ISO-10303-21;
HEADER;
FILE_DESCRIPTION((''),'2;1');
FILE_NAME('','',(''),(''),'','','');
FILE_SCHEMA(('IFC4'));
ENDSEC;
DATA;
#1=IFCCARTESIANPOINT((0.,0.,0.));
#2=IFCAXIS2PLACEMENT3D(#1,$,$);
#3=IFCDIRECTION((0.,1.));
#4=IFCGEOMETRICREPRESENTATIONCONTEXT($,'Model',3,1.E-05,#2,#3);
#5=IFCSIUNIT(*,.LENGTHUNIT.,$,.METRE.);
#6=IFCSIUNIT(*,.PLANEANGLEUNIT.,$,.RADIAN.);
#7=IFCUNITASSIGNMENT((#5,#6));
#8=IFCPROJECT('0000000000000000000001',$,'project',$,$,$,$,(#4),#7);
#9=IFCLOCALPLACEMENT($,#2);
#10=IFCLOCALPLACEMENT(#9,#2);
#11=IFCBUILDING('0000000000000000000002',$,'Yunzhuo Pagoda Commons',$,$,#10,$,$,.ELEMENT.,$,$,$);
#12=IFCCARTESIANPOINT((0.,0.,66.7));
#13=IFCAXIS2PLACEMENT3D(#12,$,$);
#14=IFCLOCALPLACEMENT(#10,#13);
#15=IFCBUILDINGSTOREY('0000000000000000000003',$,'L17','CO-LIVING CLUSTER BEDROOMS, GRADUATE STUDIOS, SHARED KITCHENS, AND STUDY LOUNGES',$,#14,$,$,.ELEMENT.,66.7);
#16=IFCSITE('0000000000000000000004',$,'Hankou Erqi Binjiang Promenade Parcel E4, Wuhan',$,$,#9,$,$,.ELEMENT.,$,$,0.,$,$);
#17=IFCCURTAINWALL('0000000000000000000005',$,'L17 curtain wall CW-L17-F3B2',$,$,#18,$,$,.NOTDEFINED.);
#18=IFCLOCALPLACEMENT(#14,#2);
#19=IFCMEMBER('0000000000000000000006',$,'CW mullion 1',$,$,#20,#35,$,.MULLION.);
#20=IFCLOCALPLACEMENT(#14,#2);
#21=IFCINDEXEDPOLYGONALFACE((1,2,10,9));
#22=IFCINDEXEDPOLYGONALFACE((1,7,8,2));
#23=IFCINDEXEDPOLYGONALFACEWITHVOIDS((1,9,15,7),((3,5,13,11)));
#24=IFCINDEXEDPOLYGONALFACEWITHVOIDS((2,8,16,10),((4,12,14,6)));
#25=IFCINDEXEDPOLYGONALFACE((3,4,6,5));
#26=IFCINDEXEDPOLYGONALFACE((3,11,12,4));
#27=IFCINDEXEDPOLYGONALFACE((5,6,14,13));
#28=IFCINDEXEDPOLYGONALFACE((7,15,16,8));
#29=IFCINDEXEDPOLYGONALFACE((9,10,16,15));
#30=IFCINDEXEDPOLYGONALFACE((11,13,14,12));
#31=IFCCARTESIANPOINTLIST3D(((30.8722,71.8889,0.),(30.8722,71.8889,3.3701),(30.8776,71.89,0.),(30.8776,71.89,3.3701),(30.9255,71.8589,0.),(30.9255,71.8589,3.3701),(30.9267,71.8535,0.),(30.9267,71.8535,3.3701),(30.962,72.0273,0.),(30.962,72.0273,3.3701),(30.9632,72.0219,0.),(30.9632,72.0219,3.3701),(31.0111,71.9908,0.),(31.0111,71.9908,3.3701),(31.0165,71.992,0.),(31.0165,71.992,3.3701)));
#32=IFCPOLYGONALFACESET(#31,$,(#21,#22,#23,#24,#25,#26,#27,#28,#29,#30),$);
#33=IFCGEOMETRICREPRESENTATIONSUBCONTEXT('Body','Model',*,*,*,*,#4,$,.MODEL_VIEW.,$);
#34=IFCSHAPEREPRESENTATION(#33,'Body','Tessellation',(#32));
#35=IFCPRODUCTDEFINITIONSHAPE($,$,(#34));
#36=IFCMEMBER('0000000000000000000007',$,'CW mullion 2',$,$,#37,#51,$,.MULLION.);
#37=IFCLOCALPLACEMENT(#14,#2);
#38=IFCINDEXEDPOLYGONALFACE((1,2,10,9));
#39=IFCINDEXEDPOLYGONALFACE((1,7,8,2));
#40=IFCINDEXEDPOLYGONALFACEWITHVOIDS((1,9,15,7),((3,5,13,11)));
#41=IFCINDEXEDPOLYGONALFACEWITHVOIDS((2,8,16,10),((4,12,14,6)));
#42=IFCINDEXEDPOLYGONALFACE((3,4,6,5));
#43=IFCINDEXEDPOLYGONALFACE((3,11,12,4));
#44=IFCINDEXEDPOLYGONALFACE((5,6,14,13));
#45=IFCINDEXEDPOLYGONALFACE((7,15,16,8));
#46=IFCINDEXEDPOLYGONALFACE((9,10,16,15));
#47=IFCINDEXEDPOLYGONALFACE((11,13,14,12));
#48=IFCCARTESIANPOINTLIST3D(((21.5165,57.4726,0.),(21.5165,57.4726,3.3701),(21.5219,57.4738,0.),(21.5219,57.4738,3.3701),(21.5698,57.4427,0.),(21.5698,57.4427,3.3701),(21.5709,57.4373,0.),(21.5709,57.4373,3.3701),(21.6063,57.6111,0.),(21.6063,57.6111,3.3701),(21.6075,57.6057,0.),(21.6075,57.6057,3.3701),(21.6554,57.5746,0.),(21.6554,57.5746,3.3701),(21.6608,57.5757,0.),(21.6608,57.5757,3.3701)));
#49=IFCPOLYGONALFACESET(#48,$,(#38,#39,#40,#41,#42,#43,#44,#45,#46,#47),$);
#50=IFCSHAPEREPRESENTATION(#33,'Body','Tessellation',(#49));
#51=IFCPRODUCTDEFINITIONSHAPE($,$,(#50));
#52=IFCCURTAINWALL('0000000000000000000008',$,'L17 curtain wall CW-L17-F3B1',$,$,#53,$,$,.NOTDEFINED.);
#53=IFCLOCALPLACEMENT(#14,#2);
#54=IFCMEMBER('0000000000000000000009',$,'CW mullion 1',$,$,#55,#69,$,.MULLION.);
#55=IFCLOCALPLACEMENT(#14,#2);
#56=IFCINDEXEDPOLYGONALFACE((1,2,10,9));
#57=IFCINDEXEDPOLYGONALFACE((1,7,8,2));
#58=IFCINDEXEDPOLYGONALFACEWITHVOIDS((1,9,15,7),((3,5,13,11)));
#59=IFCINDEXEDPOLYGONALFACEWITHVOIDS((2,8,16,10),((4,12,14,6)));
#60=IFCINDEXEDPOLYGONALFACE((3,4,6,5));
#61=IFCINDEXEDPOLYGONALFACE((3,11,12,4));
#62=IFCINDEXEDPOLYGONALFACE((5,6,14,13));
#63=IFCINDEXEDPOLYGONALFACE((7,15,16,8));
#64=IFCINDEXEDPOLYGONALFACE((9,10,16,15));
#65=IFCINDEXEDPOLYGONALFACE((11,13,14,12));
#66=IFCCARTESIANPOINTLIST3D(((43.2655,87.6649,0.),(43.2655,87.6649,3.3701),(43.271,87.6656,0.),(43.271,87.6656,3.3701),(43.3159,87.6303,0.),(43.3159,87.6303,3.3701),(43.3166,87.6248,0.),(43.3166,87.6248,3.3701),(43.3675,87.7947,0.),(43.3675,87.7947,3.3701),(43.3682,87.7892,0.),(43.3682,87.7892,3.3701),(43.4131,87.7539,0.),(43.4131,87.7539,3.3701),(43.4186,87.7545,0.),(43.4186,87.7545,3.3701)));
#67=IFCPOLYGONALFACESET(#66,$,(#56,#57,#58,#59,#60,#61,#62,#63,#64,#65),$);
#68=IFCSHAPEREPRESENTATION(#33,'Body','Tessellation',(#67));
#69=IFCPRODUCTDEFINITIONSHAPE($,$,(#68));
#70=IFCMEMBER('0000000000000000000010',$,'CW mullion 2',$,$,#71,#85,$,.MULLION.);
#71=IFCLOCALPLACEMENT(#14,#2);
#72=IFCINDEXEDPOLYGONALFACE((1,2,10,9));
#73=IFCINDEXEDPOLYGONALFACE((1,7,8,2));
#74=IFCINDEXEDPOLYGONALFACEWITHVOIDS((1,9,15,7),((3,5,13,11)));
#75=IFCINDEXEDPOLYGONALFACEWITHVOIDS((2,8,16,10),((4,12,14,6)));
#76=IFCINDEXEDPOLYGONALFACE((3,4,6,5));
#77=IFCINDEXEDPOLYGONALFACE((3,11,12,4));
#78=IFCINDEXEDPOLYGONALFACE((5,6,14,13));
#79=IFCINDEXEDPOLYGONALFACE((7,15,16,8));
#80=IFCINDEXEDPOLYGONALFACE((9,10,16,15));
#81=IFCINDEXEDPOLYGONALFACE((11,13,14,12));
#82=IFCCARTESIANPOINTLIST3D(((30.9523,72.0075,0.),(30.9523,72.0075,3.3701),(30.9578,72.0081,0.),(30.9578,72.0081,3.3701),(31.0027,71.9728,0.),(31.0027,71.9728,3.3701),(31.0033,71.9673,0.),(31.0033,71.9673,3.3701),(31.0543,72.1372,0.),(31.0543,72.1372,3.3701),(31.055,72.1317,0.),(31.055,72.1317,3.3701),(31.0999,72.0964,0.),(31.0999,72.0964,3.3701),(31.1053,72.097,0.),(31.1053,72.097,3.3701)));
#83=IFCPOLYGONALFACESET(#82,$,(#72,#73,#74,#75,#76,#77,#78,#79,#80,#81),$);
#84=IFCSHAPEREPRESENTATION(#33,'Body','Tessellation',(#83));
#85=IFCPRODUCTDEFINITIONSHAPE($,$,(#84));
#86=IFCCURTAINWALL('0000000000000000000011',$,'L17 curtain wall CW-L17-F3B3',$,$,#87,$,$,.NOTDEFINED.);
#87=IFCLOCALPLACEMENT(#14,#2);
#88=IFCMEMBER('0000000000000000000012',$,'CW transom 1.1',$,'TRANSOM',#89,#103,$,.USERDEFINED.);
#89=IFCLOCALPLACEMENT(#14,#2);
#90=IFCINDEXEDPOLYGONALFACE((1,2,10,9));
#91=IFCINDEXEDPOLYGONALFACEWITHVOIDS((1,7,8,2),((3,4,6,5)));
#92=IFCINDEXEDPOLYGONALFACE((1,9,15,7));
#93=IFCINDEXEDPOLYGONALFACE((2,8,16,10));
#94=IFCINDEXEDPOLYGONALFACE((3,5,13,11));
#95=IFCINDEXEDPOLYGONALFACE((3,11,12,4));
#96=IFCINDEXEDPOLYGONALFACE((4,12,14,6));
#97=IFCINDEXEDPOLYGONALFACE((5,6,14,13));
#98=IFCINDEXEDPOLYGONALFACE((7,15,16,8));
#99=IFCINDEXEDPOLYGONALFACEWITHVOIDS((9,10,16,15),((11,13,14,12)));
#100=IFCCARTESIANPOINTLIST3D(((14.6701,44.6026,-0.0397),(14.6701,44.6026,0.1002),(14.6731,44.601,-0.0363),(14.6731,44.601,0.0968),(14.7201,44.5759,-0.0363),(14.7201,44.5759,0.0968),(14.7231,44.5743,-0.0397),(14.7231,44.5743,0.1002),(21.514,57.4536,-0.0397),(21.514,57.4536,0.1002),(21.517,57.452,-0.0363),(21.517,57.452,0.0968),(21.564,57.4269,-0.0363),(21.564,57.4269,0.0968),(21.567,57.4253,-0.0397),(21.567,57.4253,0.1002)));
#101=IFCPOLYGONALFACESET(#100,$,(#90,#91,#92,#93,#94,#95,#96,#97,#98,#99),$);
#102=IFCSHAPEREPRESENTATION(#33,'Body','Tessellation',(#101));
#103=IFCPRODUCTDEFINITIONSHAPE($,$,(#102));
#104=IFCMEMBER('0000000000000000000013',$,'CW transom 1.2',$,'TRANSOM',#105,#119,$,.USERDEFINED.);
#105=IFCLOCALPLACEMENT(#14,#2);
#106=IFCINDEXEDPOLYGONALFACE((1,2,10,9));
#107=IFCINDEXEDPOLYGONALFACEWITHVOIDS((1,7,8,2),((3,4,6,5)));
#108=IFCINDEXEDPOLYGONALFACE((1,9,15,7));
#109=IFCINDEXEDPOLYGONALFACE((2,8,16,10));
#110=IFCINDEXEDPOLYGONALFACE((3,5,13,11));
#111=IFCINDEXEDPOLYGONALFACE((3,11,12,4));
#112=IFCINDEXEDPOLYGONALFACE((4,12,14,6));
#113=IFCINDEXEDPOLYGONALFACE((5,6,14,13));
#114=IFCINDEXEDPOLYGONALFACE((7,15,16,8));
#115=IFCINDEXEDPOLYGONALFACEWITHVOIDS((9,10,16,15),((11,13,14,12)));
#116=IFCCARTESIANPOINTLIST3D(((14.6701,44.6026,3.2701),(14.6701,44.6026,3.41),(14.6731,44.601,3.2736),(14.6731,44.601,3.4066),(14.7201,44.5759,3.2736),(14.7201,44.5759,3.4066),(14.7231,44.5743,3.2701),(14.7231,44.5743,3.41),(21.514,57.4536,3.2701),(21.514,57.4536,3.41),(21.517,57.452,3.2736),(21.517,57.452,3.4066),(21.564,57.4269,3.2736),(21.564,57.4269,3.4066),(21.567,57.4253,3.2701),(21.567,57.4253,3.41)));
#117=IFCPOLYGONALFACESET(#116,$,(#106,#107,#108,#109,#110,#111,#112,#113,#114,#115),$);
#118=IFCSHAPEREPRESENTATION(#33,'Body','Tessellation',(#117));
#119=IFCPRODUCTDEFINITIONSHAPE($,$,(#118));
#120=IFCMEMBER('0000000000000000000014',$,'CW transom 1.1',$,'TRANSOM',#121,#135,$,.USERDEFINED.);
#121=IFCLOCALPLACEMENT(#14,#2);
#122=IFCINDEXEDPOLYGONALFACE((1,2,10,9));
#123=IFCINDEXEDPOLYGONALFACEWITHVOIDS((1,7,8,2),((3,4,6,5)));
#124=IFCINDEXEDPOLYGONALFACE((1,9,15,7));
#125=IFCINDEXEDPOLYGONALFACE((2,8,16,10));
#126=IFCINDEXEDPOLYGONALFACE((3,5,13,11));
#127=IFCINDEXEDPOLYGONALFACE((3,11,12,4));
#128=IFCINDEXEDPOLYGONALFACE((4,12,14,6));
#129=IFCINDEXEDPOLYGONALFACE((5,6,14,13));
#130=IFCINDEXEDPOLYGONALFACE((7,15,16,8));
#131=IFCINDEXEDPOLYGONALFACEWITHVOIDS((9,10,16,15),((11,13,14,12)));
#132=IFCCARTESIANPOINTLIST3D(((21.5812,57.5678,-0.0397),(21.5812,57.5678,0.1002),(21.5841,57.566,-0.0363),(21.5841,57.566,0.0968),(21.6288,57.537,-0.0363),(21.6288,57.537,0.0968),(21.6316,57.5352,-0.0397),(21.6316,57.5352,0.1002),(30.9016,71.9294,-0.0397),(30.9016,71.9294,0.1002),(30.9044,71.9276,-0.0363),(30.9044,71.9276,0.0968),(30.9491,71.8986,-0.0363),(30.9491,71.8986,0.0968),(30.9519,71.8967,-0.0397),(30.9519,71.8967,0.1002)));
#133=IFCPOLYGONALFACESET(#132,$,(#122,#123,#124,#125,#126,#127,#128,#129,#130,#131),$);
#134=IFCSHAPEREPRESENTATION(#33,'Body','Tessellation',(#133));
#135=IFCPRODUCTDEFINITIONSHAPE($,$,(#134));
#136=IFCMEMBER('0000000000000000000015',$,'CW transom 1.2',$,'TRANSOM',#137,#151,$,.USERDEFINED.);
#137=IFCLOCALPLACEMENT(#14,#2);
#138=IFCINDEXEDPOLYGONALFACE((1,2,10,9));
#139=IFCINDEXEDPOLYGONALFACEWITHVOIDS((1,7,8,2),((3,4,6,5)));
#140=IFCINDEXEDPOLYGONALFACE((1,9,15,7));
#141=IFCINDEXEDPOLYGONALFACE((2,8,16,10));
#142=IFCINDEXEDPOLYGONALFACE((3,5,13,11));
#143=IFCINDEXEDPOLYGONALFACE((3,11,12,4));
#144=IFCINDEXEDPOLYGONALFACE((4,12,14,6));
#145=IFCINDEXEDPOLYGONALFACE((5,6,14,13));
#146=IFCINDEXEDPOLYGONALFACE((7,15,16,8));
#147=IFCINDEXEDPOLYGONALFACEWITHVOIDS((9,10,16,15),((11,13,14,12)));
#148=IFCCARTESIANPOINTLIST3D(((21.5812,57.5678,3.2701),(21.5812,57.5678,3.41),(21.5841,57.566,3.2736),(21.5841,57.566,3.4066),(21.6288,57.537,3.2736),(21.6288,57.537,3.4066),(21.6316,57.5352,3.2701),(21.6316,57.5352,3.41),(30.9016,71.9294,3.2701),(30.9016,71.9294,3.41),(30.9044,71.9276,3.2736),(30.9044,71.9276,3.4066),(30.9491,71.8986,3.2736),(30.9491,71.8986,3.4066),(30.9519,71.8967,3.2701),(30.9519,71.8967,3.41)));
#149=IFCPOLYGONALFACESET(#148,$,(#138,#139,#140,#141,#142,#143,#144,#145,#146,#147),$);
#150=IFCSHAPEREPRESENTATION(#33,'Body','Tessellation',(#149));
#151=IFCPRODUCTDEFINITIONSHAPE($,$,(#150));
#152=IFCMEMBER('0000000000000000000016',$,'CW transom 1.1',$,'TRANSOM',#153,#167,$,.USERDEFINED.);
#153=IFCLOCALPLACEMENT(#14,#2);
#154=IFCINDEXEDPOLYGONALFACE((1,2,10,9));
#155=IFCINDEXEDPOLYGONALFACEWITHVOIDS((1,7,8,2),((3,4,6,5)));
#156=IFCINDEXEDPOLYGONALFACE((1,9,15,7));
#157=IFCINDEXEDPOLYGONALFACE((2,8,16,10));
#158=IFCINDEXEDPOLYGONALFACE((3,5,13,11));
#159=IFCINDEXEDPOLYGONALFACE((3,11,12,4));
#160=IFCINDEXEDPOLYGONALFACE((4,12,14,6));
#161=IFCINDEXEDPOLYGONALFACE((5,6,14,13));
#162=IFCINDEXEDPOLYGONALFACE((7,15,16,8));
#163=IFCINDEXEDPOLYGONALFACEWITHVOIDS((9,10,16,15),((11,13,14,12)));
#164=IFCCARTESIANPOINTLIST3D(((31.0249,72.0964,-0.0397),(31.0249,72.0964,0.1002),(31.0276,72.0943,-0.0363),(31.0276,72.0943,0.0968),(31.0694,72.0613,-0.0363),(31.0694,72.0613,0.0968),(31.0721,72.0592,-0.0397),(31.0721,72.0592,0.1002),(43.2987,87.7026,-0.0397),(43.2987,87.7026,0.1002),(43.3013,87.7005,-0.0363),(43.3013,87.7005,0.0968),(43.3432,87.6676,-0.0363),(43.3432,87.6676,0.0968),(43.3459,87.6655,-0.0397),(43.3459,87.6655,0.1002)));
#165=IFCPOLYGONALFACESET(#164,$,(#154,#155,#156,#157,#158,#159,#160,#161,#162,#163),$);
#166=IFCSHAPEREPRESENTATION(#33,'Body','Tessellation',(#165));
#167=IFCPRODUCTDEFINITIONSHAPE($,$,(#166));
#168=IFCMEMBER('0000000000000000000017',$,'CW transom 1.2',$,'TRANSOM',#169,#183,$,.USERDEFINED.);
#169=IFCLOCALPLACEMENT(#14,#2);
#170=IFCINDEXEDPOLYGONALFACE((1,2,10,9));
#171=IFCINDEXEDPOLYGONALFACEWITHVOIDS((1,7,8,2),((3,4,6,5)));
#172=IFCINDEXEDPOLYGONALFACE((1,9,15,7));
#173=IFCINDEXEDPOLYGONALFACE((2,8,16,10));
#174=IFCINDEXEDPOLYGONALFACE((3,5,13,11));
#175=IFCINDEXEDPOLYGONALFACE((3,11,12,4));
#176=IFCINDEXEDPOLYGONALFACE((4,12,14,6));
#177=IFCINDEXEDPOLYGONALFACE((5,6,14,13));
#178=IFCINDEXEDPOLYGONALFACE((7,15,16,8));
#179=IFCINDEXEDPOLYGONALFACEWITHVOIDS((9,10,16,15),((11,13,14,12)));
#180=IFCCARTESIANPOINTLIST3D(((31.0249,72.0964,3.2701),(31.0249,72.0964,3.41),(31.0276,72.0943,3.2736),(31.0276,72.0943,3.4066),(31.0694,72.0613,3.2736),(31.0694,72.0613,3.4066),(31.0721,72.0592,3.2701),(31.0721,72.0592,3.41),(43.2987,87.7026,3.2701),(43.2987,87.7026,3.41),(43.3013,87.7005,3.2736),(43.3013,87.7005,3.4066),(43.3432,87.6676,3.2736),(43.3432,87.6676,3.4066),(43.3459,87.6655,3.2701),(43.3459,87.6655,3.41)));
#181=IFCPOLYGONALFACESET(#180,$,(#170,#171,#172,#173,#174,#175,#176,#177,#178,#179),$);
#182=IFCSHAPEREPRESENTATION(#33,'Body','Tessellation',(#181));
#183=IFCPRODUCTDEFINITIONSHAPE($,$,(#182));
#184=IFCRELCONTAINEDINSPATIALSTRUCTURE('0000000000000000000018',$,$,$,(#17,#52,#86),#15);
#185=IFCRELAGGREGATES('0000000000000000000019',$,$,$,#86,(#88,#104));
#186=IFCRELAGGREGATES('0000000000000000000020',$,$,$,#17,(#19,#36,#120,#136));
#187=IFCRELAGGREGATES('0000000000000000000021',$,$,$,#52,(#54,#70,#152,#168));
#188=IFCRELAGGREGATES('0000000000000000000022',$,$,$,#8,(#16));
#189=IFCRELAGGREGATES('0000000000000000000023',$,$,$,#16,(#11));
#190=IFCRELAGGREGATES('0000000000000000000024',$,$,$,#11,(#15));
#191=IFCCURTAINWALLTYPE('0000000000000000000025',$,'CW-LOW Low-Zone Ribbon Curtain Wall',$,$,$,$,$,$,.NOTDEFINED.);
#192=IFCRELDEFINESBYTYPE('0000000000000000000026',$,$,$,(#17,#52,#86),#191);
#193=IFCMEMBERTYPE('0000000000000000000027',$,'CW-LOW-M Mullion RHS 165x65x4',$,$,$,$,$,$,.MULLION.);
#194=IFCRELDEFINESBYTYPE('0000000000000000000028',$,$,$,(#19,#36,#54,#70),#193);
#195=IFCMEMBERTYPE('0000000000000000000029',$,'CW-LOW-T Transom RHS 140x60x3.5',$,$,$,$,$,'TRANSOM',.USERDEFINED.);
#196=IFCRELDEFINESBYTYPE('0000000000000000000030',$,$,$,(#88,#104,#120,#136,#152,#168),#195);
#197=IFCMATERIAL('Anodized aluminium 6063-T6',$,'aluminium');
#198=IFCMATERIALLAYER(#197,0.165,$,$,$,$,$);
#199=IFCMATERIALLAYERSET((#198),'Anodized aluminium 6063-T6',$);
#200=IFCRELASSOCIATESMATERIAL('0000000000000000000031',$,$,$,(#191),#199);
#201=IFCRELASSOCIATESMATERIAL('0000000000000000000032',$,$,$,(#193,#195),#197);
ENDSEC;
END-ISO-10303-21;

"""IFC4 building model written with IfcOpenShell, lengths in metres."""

from ifc_helpers import new_model, si_unit, direction, frame, origin, origin_2d, place, context, subcontext, project, spatial, hollow_rectangle, extrude, source, transform, mapped, material, layer, layer_set, material_profile, profile_set, type_object, element, aggregate, save


model = new_model("IFC4")

# Units and contexts
model_context = context("Model", 3, precision=1e-05, world=origin(), true_north=direction((0.0, 1.0)))
body_context = subcontext(model_context, "Body", "Model", "MODEL_VIEW")
ifc_project = project(units=[si_unit("LENGTHUNIT", "METRE"), si_unit("PLANEANGLEUNIT", "RADIAN")], contexts=[model_context])

# Site, building, storey
site_placement = place(None, origin())
site = spatial("IfcSite", under=ifc_project, at=site_placement, Name="Hankou Erqi Binjiang Promenade Parcel E4, Wuhan", CompositionType="ELEMENT", RefElevation=0.0)
building_placement = place(site_placement, origin())
building = spatial("IfcBuilding", under=site, at=building_placement, Name="Yunzhuo Pagoda Commons", CompositionType="ELEMENT")
storey_placement = place(building_placement, frame((0.0, 0.0, 66.7)))
storey = spatial("IfcBuildingStorey", under=building, at=storey_placement, Name="L17", Description="CO-LIVING CLUSTER BEDROOMS, GRADUATE STUDIOS, SHARED KITCHENS, AND STUDY LOUNGES", CompositionType="ELEMENT", Elevation=66.7)

# Curtain walls, members
ifc_material_1 = material(Name="Anodized aluminium 6063-T6", Category="aluminium")
ifc_layer_1 = layer(ifc_material_1, 0.165)
ifc_layer_set_1 = layer_set([ifc_layer_1], Name="Anodized aluminium 6063-T6")
curtain_wall_type = type_object("IfcCurtainWallType", Name="CW-LOW Low-Zone Ribbon Curtain Wall", PredefinedType="NOTDEFINED", material=ifc_layer_set_1)
curtain_wall_1_placement = place(storey_placement, origin())
curtain_wall_1 = element("IfcCurtainWall", 1, at=curtain_wall_1_placement, inside=storey, type_object=curtain_wall_type, Name="L17 curtain wall CW-L17-F3B2", PredefinedType="NOTDEFINED")
ifc_material_profile_1 = material_profile(ifc_material_1, hollow_rectangle(XDim=0.0649, YDim=0.165, WallThickness=0.0039, at=origin_2d()), Name="Anodized aluminium 6063-T6")
ifc_profile_set_1 = profile_set([ifc_material_profile_1], Name="Anodized aluminium 6063-T6")
member_type_1 = type_object("IfcMemberType", Name="CW-LOW-M Mullion RHS 165x65x4", PredefinedType="MULLION", material=ifc_profile_set_1)
shared_shape_1 = source(origin(), body_context, "Body", "SweptSolid", [
    extrude(hollow_rectangle(XDim=0.0649, YDim=0.165, WallThickness=0.0039, at=origin_2d()), origin(), (0.0, 0.0, 1.0), 3.3701),
])
member_1_placement = place(storey_placement, frame((30.9443, 71.9404, 0.0), z_axis=(0.0, 0.0, 1.0), x_axis=(0.83884, -0.544378, 0.0)))
member_1 = element("IfcMember", 2, at=member_1_placement, type_object=member_type_1, Name="CW mullion 1", PredefinedType="MULLION", context=body_context, shape_type="MappedRepresentation", body=[
    mapped(shared_shape_1, transform((0.0, 0.0, 0.0), scale=1.0)),
])
member_2_placement = place(storey_placement, frame((21.5886, 57.5242, 0.0), z_axis=(0.0, 0.0, 1.0), x_axis=(0.83884, -0.544378, 0.0)))
member_2 = element("IfcMember", 3, at=member_2_placement, type_object=member_type_1, Name="CW mullion 2", PredefinedType="MULLION", context=body_context, shape_type="MappedRepresentation", body=[
    mapped(shared_shape_1, transform((0.0, 0.0, 0.0), scale=1.0)),
])
curtain_wall_2_placement = place(storey_placement, origin())
curtain_wall_2 = element("IfcCurtainWall", 4, at=curtain_wall_2_placement, inside=storey, type_object=curtain_wall_type, Name="L17 curtain wall CW-L17-F3B1", PredefinedType="NOTDEFINED")
member_3_placement = place(storey_placement, frame((43.342, 87.7097, 0.0), z_axis=(0.0, 0.0, 1.0), x_axis=(0.786046, -0.618168, 0.0)))
member_3 = element("IfcMember", 5, at=member_3_placement, type_object=member_type_1, Name="CW mullion 1", PredefinedType="MULLION", context=body_context, shape_type="MappedRepresentation", body=[
    mapped(shared_shape_1, transform((0.0, 0.0, 0.0), scale=1.0)),
])
member_4_placement = place(storey_placement, frame((31.0288, 72.0522, 0.0), z_axis=(0.0, 0.0, 1.0), x_axis=(0.786046, -0.618168, 0.0)))
member_4 = element("IfcMember", 6, at=member_4_placement, type_object=member_type_1, Name="CW mullion 2", PredefinedType="MULLION", context=body_context, shape_type="MappedRepresentation", body=[
    mapped(shared_shape_1, transform((0.0, 0.0, 0.0), scale=1.0)),
])
curtain_wall_3_placement = place(storey_placement, origin())
curtain_wall_3 = element("IfcCurtainWall", 7, at=curtain_wall_3_placement, inside=storey, type_object=curtain_wall_type, Name="L17 curtain wall CW-L17-F3B3", PredefinedType="NOTDEFINED")
ifc_material_profile_2 = material_profile(ifc_material_1, hollow_rectangle(XDim=0.0601, YDim=0.1399, WallThickness=0.0034, at=origin_2d()), Name="Anodized aluminium 6063-T6")
ifc_profile_set_2 = profile_set([ifc_material_profile_2], Name="Anodized aluminium 6063-T6")
member_type_2 = type_object("IfcMemberType", Name="CW-LOW-T Transom RHS 140x60x3.5", ElementType="TRANSOM", PredefinedType="USERDEFINED", material=ifc_profile_set_2)
shared_shape_2 = source(origin(), body_context, "Body", "SweptSolid", [
    extrude(hollow_rectangle(XDim=0.0601, YDim=0.1399, WallThickness=0.0034, at=origin_2d()), origin(), (0.0, 0.0, 1.0), 14.5598),
])
member_5_placement = place(storey_placement, frame((21.5405, 57.4395, 0.0303), z_axis=(-0.470058, -0.882635, 0.0), x_axis=(0.882635, -0.470058, 0.0)))
member_5 = element("IfcMember", 8, at=member_5_placement, type_object=member_type_2, Name="CW transom 1.1", ObjectType="TRANSOM", PredefinedType="USERDEFINED", context=body_context, shape_type="MappedRepresentation", body=[
    mapped(shared_shape_2, transform((0.0, 0.0, 0.0), scale=1.0)),
])
member_6_placement = place(storey_placement, frame((21.5405, 57.4395, 3.3401), z_axis=(-0.470058, -0.882635, 0.0), x_axis=(0.882635, -0.470058, 0.0)))
member_6 = element("IfcMember", 9, at=member_6_placement, type_object=member_type_2, Name="CW transom 1.2", ObjectType="TRANSOM", PredefinedType="USERDEFINED", context=body_context, shape_type="MappedRepresentation", body=[
    mapped(shared_shape_2, transform((0.0, 0.0, 0.0), scale=1.0)),
])
aggregate(curtain_wall_3, [member_5, member_6])

# Members
shared_shape_3 = source(origin(), body_context, "Body", "SweptSolid", [
    extrude(hollow_rectangle(XDim=0.0601, YDim=0.1399, WallThickness=0.0034, at=origin_2d()), origin(), (0.0, 0.0, 1.0), 17.1208),
])
member_7_placement = place(storey_placement, frame((30.9268, 71.9131, 0.0303), z_axis=(-0.544384, -0.838836, 0.0), x_axis=(0.838836, -0.544384, 0.0)))
member_7 = element("IfcMember", 10, at=member_7_placement, type_object=member_type_2, Name="CW transom 1.1", ObjectType="TRANSOM", PredefinedType="USERDEFINED", context=body_context, shape_type="MappedRepresentation", body=[
    mapped(shared_shape_3, transform((0.0, 0.0, 0.0), scale=1.0)),
])
member_8_placement = place(storey_placement, frame((30.9268, 71.9131, 3.3401), z_axis=(-0.544384, -0.838836, 0.0), x_axis=(0.838836, -0.544384, 0.0)))
member_8 = element("IfcMember", 11, at=member_8_placement, type_object=member_type_2, Name="CW transom 1.2", ObjectType="TRANSOM", PredefinedType="USERDEFINED", context=body_context, shape_type="MappedRepresentation", body=[
    mapped(shared_shape_3, transform((0.0, 0.0, 0.0), scale=1.0)),
])
shared_shape_4 = source(origin(), body_context, "Body", "SweptSolid", [
    extrude(hollow_rectangle(XDim=0.0601, YDim=0.1399, WallThickness=0.0034, at=origin_2d()), origin(), (0.0, 0.0, 1.0), 19.8545),
])
member_9_placement = place(storey_placement, frame((43.3223, 87.6841, 0.0303), z_axis=(-0.618185, -0.786033, 0.0), x_axis=(0.786033, -0.618185, 0.0)))
member_9 = element("IfcMember", 12, at=member_9_placement, type_object=member_type_2, Name="CW transom 1.1", ObjectType="TRANSOM", PredefinedType="USERDEFINED", context=body_context, shape_type="MappedRepresentation", body=[
    mapped(shared_shape_4, transform((0.0, 0.0, 0.0), scale=1.0)),
])
member_10_placement = place(storey_placement, frame((43.3223, 87.6841, 3.3401), z_axis=(-0.618185, -0.786033, 0.0), x_axis=(0.786033, -0.618185, 0.0)))
member_10 = element("IfcMember", 13, at=member_10_placement, type_object=member_type_2, Name="CW transom 1.2", ObjectType="TRANSOM", PredefinedType="USERDEFINED", context=body_context, shape_type="MappedRepresentation", body=[
    mapped(shared_shape_4, transform((0.0, 0.0, 0.0), scale=1.0)),
])

aggregate(curtain_wall_1, [member_1, member_2, member_7, member_8])
aggregate(curtain_wall_2, [member_3, member_4, member_9, member_10])

save(model, "model.ifc")
